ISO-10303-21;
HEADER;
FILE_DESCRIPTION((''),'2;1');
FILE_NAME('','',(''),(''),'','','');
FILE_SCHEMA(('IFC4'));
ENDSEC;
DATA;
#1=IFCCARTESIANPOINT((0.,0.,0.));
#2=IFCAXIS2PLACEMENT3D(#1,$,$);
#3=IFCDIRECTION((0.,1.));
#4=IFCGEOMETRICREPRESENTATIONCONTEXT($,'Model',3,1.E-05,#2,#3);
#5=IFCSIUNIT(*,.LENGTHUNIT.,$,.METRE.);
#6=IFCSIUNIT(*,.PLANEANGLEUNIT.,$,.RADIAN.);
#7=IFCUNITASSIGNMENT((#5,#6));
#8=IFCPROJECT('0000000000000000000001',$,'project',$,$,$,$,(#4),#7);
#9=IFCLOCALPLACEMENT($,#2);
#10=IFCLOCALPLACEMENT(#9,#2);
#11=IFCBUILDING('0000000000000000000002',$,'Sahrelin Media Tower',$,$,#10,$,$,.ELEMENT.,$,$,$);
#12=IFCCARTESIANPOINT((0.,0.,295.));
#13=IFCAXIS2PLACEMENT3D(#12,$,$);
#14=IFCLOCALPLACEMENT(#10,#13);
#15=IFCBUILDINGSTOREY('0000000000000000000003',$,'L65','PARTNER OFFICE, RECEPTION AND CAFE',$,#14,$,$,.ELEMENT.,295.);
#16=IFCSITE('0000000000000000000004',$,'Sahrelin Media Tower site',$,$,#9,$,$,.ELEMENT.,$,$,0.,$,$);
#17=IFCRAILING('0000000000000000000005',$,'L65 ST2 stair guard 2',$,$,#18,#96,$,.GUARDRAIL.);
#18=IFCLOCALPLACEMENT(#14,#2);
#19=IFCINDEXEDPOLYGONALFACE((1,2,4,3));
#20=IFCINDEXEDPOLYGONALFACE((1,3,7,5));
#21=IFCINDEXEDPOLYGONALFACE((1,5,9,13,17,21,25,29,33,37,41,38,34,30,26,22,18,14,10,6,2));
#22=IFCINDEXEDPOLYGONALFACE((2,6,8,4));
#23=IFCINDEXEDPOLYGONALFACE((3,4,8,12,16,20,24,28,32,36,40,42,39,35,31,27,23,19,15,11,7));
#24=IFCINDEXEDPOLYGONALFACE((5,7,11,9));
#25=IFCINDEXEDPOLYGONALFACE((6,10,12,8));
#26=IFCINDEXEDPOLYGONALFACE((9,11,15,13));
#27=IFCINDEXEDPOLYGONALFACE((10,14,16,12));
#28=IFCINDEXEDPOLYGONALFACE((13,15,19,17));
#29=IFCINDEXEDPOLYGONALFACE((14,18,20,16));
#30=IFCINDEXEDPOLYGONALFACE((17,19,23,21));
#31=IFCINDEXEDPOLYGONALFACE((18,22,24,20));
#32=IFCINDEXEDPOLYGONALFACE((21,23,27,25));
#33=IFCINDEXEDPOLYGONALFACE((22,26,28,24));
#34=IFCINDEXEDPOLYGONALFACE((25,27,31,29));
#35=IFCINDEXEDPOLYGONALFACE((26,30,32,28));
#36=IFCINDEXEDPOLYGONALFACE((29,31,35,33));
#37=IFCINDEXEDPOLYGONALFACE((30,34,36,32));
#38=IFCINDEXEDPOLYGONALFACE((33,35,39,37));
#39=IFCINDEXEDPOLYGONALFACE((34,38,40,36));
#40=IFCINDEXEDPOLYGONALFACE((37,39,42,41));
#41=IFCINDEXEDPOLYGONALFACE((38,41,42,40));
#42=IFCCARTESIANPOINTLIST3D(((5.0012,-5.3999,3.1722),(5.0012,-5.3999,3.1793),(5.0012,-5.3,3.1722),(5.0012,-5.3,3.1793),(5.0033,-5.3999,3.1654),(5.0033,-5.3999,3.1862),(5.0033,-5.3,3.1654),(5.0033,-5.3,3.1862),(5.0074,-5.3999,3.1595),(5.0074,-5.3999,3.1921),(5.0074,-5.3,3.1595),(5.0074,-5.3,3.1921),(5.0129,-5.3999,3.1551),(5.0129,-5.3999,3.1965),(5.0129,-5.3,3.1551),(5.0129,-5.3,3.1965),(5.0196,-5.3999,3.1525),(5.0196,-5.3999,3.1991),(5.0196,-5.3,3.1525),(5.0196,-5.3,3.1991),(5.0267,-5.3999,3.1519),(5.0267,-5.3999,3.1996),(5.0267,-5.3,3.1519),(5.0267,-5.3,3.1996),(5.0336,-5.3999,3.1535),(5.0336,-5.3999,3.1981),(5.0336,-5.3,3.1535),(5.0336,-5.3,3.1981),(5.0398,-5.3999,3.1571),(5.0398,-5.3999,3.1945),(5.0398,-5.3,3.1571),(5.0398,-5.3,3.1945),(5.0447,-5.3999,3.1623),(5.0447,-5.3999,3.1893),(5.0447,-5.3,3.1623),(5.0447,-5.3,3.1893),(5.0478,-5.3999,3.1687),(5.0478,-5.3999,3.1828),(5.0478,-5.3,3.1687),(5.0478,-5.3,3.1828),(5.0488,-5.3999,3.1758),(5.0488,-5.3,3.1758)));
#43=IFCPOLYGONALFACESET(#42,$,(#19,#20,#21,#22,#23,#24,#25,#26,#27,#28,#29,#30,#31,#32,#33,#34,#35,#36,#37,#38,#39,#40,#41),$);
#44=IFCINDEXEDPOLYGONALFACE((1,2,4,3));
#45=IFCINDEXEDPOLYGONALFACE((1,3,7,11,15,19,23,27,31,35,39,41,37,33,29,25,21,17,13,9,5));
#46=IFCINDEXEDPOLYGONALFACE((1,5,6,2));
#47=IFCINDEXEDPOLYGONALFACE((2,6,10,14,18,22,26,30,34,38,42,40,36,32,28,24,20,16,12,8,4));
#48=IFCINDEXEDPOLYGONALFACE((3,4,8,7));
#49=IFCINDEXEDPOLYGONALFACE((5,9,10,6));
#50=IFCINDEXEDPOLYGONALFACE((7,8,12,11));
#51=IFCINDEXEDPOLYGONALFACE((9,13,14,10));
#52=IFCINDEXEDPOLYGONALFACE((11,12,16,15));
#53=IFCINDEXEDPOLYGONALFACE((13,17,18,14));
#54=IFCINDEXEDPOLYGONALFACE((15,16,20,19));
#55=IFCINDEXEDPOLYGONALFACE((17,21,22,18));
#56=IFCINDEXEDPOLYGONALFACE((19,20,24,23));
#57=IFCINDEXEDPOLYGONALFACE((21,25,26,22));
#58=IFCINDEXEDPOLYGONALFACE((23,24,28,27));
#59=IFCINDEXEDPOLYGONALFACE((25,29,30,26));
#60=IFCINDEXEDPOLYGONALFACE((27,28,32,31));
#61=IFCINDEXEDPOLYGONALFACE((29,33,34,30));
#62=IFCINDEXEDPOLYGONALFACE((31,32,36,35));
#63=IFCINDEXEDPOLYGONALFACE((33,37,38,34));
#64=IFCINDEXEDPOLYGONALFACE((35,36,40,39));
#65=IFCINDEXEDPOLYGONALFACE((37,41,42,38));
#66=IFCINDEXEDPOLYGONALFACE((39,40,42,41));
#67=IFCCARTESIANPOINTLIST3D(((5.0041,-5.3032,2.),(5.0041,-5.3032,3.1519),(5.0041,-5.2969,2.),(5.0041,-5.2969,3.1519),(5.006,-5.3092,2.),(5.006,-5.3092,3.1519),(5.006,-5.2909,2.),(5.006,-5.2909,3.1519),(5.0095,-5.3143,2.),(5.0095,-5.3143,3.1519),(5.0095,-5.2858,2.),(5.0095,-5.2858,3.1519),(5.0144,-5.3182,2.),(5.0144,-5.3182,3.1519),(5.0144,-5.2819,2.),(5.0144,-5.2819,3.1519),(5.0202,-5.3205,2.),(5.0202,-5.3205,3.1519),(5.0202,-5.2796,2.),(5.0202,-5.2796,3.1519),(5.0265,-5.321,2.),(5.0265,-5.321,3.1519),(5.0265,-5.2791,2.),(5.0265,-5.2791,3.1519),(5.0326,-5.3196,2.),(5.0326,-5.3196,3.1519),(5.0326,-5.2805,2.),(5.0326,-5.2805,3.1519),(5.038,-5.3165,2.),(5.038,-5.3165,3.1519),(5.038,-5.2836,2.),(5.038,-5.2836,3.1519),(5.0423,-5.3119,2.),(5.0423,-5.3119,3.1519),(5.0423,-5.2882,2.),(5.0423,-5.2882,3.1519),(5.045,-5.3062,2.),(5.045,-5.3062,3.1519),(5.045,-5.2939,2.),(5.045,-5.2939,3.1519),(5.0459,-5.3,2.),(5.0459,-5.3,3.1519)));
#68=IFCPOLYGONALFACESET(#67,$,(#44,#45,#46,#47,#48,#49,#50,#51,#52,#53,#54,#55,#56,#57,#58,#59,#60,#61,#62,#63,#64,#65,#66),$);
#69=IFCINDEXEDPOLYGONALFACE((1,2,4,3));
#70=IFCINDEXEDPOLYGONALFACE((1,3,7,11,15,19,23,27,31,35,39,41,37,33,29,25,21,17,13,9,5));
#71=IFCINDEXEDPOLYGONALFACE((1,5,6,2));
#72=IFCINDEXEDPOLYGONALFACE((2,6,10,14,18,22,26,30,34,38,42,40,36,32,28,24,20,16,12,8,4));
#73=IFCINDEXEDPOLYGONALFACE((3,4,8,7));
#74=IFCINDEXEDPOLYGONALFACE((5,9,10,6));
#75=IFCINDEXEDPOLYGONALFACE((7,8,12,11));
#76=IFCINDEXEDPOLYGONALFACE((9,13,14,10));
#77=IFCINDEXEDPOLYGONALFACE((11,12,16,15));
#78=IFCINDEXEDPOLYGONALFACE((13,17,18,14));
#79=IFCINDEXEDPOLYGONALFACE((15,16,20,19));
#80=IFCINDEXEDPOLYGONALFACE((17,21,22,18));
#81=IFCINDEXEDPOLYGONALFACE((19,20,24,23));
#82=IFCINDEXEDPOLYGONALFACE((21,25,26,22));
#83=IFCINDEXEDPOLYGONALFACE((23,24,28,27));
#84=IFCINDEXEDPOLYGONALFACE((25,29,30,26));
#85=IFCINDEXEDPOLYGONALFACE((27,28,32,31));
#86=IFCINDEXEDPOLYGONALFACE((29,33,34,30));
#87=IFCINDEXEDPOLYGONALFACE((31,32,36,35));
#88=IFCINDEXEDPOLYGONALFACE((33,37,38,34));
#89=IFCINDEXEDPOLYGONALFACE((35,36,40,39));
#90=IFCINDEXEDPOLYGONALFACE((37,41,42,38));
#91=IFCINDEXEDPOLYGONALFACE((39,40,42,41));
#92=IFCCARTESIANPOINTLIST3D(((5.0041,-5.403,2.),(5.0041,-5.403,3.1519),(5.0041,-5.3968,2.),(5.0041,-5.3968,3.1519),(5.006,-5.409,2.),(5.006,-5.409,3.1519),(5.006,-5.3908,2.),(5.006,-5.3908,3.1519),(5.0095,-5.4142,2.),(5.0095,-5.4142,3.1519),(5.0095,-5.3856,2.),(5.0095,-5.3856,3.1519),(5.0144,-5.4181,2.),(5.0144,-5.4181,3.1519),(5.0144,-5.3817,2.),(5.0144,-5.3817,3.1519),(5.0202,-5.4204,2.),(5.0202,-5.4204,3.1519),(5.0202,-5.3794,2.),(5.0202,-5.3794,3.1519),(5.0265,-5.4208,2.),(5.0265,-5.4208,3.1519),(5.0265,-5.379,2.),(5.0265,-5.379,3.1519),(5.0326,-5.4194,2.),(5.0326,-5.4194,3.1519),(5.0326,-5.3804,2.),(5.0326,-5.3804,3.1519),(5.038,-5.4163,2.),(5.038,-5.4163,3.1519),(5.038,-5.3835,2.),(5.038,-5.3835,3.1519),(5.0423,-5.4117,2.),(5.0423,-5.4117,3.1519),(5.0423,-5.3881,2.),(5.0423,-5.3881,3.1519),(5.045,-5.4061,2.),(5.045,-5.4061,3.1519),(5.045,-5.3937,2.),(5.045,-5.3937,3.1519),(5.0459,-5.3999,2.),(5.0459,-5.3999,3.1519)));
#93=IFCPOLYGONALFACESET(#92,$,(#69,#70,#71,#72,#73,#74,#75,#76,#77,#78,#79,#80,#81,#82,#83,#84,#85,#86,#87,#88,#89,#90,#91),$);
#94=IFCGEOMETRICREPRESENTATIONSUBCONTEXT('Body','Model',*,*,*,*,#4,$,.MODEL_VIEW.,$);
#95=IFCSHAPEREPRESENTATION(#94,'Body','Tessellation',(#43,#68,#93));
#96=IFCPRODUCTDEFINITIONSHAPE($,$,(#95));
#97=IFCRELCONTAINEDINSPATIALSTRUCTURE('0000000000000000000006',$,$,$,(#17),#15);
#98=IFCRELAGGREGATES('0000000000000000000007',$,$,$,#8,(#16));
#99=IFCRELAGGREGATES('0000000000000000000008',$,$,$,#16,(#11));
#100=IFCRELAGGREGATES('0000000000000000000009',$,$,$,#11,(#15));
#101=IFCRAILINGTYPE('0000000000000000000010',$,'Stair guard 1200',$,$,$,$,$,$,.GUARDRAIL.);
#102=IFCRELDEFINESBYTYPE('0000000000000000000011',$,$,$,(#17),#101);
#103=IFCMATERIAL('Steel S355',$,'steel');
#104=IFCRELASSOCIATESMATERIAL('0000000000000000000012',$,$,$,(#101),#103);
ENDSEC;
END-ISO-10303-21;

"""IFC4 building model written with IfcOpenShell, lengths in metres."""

from ifc_helpers import new_model, si_unit, direction, frame, origin, origin_2d, place, context, subcontext, project, spatial, circle, extrude, material, type_object, element, save


model = new_model("IFC4")

# Units and contexts
model_context = context("Model", 3, precision=1e-05, world=origin(), true_north=direction((0.0, 1.0)))
body_context = subcontext(model_context, "Body", "Model", "MODEL_VIEW")
ifc_project = project(units=[si_unit("LENGTHUNIT", "METRE"), si_unit("PLANEANGLEUNIT", "RADIAN")], contexts=[model_context])

# Site, building, storey
site_placement = place(None, origin())
site = spatial("IfcSite", under=ifc_project, at=site_placement, Name="Sahrelin Media Tower site", CompositionType="ELEMENT", RefElevation=0.0)
building_placement = place(site_placement, origin())
building = spatial("IfcBuilding", under=site, at=building_placement, Name="Sahrelin Media Tower", CompositionType="ELEMENT")
storey_placement = place(building_placement, frame((0.0, 0.0, 295.0)))
storey = spatial("IfcBuildingStorey", under=building, at=storey_placement, Name="L65", Description="PARTNER OFFICE, RECEPTION AND CAFE", CompositionType="ELEMENT", Elevation=295.0)

# Shared definitions
ifc_material_1 = material(Name="Steel S355", Category="steel")

# Railing
railing_type_1 = type_object("IfcRailingType", Name="Stair guard 1200", PredefinedType="GUARDRAIL", material=ifc_material_1)
railing_1_placement = place(storey_placement, frame((5.0249, -5.3, 2.0)))
element("IfcRailing", 1, at=railing_1_placement, inside=storey, type_object=railing_type_1, Name="L65 ST2 stair guard 2", PredefinedType="GUARDRAIL", context=body_context, shape_type="SweptSolid", body=[
    extrude(circle(Radius=0.0239, at=origin_2d()), frame((0.0, 0.0, 1.1758), z_axis=(0.0, -1.0, 0.0), x_axis=(1.0, 0.0, 0.0)), (0.0, 0.0, 1.0), 0.0999),
    extrude(circle(Radius=0.021, at=origin_2d()), origin(), (0.0, 0.0, 1.0), 1.1519),
    extrude(circle(Radius=0.021, at=origin_2d()), frame((0.0, -0.0999, 0.0)), (0.0, 0.0, 1.0), 1.1519),
])

save(model, "model.ifc")
